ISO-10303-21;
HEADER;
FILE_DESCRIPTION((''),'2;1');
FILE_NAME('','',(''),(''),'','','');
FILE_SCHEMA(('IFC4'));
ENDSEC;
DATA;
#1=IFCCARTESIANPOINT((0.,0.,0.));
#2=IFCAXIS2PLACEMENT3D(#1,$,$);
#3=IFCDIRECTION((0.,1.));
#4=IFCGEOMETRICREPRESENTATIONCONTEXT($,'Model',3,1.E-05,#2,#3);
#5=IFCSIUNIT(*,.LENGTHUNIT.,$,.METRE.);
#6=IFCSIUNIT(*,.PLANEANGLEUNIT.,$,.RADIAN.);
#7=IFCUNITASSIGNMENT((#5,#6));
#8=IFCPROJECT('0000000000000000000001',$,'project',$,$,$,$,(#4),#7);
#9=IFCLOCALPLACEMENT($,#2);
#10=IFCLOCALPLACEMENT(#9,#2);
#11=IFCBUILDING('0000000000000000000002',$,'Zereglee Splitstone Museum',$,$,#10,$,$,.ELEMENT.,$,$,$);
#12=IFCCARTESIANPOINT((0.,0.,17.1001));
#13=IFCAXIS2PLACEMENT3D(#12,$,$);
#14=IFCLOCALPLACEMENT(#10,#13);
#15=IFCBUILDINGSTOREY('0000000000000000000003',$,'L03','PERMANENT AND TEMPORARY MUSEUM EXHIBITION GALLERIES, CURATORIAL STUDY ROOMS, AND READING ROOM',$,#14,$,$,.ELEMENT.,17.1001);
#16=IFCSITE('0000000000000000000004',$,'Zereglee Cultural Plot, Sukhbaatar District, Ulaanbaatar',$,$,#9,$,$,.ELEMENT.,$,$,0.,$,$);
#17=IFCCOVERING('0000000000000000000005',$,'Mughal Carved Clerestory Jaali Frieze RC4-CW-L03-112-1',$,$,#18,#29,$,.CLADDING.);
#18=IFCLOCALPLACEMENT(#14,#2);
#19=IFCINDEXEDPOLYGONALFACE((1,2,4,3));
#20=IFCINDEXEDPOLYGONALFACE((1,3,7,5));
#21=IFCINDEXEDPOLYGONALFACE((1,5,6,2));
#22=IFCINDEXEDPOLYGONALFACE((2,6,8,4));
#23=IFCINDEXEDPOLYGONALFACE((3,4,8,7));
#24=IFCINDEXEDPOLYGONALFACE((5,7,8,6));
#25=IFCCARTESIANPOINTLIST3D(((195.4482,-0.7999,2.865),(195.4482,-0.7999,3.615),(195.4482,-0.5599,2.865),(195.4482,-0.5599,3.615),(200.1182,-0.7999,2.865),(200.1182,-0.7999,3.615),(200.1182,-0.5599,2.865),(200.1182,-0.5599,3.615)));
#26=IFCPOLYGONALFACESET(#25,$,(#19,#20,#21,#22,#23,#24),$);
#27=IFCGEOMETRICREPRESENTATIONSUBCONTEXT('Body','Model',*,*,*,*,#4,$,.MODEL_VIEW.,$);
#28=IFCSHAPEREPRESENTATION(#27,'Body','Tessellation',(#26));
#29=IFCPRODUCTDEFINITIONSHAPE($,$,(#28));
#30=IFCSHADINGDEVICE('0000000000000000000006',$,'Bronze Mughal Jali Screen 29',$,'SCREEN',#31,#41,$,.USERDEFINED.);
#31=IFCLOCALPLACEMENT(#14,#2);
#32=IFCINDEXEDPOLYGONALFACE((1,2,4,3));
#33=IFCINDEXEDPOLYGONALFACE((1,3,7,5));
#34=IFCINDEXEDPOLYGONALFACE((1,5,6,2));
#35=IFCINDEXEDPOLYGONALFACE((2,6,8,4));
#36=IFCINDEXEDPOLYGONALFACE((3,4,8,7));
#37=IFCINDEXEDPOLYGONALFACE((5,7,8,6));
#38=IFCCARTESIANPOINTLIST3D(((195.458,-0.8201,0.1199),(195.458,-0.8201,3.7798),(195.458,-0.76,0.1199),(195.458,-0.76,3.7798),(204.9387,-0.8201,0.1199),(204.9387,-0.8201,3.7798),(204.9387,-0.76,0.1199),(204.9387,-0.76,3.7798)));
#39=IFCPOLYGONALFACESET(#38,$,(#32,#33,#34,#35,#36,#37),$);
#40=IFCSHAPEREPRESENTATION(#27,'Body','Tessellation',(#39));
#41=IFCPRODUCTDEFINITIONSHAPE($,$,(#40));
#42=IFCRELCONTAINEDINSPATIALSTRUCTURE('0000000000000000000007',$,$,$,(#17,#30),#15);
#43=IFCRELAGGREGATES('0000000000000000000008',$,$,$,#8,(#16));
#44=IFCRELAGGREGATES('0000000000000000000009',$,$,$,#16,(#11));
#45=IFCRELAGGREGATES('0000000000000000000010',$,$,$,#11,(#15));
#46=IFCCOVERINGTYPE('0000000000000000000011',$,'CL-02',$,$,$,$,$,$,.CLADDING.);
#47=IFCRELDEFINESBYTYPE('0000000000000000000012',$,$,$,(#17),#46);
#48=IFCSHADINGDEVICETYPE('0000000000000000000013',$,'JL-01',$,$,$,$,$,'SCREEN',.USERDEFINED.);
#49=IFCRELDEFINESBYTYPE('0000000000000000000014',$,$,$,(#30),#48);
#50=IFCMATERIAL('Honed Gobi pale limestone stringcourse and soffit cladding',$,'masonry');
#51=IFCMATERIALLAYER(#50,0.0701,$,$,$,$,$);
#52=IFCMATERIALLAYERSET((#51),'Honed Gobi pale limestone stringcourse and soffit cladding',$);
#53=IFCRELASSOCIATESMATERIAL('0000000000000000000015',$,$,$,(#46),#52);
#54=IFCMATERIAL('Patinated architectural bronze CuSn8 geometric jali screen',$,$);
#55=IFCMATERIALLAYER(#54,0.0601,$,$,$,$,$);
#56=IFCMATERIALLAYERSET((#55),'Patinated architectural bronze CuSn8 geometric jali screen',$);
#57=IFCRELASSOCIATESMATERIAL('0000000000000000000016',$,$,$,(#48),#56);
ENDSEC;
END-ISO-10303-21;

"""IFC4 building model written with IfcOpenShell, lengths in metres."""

from ifc_helpers import new_model, si_unit, direction, frame, origin, origin_2d, place, context, subcontext, project, spatial, polyline, rectangle, outline, extrude, material, layer, layer_set, type_object, element, save


model = new_model("IFC4")

# Units and contexts
model_context = context("Model", 3, precision=1e-05, world=origin(), true_north=direction((0.0, 1.0)))
body_context = subcontext(model_context, "Body", "Model", "MODEL_VIEW")
ifc_project = project(units=[si_unit("LENGTHUNIT", "METRE"), si_unit("PLANEANGLEUNIT", "RADIAN")], contexts=[model_context])

# Site, building, storey
site_placement = place(None, origin())
site = spatial("IfcSite", under=ifc_project, at=site_placement, Name="Zereglee Cultural Plot, Sukhbaatar District, Ulaanbaatar", CompositionType="ELEMENT", RefElevation=0.0)
building_placement = place(site_placement, origin())
building = spatial("IfcBuilding", under=site, at=building_placement, Name="Zereglee Splitstone Museum", CompositionType="ELEMENT")
storey_placement = place(building_placement, frame((0.0, 0.0, 17.1001)))
storey = spatial("IfcBuildingStorey", under=building, at=storey_placement, Name="L03", Description="PERMANENT AND TEMPORARY MUSEUM EXHIBITION GALLERIES, CURATORIAL STUDY ROOMS, AND READING ROOM", CompositionType="ELEMENT", Elevation=17.1001)

# Covering
ifc_material_1 = material(Name="Honed Gobi pale limestone stringcourse and soffit cladding", Category="masonry")
ifc_layer_1 = layer(ifc_material_1, 0.0701)
ifc_layer_set_1 = layer_set([ifc_layer_1], Name="Honed Gobi pale limestone stringcourse and soffit cladding")
covering_type = type_object("IfcCoveringType", Name="CL-02", PredefinedType="CLADDING", material=ifc_layer_set_1)
covering_placement = place(storey_placement, frame((197.7832, -0.6799, 2.865), z_axis=(0.0, 0.0, 1.0), x_axis=(1.0, 0.0, 0.0)))
element("IfcCovering", 1, at=covering_placement, inside=storey, type_object=covering_type, Name="Mughal Carved Clerestory Jaali Frieze RC4-CW-L03-112-1", PredefinedType="CLADDING", context=body_context, shape_type="SweptSolid", body=[
    extrude(rectangle(XDim=4.6699, YDim=0.24, at=origin_2d()), origin(), (0.0, 0.0, 1.0), 0.75),
])

# Shading device
ifc_material_2 = material(Name="Patinated architectural bronze CuSn8 geometric jali screen")
ifc_layer_2 = layer(ifc_material_2, 0.0601)
ifc_layer_set_2 = layer_set([ifc_layer_2], Name="Patinated architectural bronze CuSn8 geometric jali screen")
shading_device_type = type_object("IfcShadingDeviceType", Name="JL-01", ElementType="SCREEN", PredefinedType="USERDEFINED", material=ifc_layer_set_2)
shading_device_placement = place(storey_placement, frame((195.458, -0.76, 0.1199), z_axis=(0.0, -1.0, 0.0), x_axis=(1.0, 0.0, 0.0)))
element("IfcShadingDevice", 2, at=shading_device_placement, inside=storey, type_object=shading_device_type, Name="Bronze Mughal Jali Screen 29", ObjectType="SCREEN", PredefinedType="USERDEFINED", context=body_context, shape_type="SweptSolid", body=[
    extrude(outline(polyline([(0.0, 0.0), (9.4807, 0.0), (9.4807, 3.6599), (0.0, 3.6599), (0.0, 0.0)])), origin(), (0.0, 0.0, 1.0), 0.0601),
])

save(model, "model.ifc")
